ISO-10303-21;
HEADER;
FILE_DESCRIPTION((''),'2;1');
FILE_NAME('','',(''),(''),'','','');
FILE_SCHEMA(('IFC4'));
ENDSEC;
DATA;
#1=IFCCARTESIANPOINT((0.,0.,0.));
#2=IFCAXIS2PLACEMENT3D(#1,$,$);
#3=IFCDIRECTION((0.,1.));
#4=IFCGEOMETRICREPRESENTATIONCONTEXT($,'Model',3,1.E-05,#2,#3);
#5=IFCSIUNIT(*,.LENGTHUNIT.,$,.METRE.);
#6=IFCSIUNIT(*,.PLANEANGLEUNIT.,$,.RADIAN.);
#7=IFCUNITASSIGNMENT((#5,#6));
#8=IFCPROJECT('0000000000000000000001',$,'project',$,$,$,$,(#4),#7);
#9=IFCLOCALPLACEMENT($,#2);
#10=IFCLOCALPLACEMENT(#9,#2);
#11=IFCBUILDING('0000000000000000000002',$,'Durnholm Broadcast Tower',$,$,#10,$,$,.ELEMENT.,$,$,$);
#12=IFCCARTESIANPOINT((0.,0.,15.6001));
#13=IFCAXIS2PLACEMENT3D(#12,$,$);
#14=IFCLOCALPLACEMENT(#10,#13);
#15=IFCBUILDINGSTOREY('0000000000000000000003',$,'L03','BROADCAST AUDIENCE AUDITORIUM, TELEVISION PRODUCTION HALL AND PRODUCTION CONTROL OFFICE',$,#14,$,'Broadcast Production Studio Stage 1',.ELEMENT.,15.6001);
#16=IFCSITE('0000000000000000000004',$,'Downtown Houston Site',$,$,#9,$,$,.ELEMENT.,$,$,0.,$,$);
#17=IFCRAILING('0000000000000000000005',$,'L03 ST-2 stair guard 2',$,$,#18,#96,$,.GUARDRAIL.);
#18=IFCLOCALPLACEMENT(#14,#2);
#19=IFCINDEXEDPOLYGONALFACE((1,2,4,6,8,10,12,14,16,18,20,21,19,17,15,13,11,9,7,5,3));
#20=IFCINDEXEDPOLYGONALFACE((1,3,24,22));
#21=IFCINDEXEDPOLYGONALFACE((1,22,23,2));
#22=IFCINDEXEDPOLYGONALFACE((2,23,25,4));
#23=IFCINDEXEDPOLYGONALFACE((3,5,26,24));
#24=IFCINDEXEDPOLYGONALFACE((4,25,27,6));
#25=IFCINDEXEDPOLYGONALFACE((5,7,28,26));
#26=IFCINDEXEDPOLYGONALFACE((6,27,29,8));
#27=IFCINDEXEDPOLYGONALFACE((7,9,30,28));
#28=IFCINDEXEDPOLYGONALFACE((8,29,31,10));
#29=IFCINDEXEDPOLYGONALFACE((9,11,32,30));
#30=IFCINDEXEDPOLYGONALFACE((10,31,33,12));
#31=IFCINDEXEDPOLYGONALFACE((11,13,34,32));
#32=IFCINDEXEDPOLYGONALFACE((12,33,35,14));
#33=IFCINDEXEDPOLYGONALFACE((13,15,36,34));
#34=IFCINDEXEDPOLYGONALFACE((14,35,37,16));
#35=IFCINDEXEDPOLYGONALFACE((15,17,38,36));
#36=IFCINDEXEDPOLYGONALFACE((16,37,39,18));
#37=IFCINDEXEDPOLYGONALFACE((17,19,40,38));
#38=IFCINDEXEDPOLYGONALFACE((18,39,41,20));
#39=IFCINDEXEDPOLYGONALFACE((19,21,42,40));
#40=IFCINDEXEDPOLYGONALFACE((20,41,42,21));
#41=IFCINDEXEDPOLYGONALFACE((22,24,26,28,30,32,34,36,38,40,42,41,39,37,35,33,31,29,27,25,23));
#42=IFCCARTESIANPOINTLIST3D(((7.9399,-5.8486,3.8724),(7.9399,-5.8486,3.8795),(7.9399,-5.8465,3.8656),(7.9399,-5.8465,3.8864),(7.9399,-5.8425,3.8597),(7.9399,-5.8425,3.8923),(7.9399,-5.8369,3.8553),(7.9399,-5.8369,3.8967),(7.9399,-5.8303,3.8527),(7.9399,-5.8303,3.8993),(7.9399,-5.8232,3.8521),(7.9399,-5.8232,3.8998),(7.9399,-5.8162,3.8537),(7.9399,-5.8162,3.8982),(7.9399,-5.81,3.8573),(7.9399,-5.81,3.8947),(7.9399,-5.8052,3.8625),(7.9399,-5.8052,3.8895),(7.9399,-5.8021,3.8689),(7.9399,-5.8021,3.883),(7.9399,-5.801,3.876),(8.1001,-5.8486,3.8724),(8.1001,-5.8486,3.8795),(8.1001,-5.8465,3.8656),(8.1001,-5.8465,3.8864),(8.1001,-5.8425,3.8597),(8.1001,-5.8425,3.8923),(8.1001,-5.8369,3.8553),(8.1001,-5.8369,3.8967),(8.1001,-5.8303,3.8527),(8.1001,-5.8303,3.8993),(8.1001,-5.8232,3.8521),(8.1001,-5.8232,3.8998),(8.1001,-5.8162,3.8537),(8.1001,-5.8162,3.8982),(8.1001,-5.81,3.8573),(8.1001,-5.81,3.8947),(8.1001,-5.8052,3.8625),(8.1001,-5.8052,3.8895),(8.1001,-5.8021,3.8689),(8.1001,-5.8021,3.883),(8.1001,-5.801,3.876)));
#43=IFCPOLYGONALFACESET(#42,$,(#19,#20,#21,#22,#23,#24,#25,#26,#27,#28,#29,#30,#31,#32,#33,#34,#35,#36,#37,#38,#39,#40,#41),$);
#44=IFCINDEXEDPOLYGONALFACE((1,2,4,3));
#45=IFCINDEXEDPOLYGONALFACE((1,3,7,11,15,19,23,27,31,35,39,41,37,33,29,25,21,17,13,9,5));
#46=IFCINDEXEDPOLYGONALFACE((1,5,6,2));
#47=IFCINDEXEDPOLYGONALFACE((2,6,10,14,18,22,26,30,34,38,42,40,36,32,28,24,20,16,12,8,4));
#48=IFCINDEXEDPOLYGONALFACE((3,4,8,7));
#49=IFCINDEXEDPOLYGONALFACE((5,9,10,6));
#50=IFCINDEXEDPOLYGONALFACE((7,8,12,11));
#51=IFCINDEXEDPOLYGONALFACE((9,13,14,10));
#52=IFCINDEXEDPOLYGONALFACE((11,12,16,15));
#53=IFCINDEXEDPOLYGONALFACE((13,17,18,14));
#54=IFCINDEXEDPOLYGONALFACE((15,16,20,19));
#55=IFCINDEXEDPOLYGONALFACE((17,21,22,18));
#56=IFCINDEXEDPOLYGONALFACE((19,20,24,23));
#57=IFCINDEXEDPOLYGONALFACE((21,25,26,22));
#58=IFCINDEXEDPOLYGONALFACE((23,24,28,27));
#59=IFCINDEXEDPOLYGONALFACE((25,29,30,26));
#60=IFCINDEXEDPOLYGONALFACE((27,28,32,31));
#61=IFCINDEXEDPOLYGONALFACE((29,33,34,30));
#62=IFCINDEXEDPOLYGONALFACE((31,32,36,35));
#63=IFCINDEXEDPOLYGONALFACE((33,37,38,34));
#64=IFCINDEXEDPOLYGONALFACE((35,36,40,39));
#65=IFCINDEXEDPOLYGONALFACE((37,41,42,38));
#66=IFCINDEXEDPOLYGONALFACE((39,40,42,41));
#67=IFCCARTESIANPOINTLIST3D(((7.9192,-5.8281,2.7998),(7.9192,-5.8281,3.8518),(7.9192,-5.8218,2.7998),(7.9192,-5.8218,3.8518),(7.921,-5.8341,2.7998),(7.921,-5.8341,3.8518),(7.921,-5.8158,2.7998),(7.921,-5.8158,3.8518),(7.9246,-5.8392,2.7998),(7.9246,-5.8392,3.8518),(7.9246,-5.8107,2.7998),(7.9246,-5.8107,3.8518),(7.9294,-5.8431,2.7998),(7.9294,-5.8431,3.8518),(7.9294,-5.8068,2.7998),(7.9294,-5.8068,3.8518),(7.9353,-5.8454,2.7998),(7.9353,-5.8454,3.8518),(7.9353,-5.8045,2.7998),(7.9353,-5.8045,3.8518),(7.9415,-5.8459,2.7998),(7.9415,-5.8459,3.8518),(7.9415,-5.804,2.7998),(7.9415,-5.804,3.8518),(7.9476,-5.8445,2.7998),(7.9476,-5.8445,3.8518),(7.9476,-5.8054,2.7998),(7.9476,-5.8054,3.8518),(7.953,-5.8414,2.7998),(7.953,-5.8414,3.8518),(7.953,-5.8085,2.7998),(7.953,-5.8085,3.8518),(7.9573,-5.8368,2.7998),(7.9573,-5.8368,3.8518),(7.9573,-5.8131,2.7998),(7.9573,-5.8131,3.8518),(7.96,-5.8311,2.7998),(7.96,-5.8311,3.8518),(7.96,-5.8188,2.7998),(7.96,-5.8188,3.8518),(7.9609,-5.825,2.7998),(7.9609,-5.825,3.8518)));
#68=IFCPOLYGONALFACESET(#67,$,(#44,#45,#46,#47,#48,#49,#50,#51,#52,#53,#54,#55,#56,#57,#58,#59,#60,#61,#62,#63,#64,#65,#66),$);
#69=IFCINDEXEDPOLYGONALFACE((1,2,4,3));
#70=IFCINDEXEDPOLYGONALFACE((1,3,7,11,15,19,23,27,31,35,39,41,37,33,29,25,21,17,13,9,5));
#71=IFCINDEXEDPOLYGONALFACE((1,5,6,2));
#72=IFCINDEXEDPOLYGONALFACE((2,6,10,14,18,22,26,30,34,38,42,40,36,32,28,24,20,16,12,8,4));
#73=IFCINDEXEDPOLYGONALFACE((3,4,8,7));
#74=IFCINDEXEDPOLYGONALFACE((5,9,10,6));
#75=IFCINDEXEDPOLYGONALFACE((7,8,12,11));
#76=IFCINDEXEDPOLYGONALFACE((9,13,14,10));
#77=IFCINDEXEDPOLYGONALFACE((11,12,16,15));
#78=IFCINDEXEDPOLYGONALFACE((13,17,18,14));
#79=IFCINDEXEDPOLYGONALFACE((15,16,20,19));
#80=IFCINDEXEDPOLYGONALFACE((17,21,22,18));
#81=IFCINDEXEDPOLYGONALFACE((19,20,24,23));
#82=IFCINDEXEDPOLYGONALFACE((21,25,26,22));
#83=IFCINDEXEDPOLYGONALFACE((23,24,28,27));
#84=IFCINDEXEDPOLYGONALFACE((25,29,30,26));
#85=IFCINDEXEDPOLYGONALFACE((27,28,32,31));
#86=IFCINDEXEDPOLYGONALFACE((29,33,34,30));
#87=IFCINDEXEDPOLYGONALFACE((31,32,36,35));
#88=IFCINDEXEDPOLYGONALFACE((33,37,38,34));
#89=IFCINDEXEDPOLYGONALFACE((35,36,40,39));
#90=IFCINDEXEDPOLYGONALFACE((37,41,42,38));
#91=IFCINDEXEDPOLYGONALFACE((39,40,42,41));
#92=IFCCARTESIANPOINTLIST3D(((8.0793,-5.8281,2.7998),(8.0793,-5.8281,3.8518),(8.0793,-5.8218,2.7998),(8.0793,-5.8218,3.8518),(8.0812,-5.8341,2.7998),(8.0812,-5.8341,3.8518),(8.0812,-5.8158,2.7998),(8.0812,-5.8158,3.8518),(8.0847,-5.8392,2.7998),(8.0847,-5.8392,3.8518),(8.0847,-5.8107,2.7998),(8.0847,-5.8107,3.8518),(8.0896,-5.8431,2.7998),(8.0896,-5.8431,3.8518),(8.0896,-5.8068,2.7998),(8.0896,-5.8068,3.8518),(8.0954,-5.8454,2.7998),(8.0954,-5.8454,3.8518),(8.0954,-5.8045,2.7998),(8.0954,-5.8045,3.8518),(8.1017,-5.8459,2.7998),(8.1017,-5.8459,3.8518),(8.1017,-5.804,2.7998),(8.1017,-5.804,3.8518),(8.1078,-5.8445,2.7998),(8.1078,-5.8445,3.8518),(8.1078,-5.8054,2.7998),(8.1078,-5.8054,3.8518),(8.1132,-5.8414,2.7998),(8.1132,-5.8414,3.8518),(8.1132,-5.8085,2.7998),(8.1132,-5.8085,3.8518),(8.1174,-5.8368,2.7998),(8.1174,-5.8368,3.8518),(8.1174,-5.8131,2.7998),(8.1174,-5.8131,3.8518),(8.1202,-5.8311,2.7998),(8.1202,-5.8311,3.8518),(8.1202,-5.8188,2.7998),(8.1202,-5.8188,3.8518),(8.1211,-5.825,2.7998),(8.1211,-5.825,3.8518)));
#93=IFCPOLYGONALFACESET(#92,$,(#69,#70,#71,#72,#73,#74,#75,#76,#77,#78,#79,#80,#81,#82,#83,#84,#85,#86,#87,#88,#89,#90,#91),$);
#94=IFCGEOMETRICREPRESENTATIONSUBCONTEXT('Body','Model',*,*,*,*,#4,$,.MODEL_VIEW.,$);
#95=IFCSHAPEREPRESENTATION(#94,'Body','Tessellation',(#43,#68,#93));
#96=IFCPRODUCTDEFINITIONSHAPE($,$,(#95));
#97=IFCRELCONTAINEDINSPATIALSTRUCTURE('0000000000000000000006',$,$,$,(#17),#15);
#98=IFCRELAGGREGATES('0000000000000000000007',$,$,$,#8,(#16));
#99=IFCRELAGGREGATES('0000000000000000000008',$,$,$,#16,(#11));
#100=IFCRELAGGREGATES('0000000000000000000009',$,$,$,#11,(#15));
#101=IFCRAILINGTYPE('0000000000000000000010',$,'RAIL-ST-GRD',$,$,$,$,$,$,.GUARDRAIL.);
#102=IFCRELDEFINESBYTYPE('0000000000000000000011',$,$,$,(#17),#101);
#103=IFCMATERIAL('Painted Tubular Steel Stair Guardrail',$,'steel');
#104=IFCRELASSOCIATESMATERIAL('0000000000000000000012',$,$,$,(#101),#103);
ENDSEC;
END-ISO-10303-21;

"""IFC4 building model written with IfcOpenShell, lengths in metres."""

from ifc_helpers import new_model, si_unit, direction, frame, origin, origin_2d, place, context, subcontext, project, spatial, circle, extrude, material, type_object, element, save


model = new_model("IFC4")

# Units and contexts
model_context = context("Model", 3, precision=1e-05, world=origin(), true_north=direction((0.0, 1.0)))
body_context = subcontext(model_context, "Body", "Model", "MODEL_VIEW")
ifc_project = project(units=[si_unit("LENGTHUNIT", "METRE"), si_unit("PLANEANGLEUNIT", "RADIAN")], contexts=[model_context])

# Site, building, storey
site_placement = place(None, origin())
site = spatial("IfcSite", under=ifc_project, at=site_placement, Name="Downtown Houston Site", CompositionType="ELEMENT", RefElevation=0.0)
building_placement = place(site_placement, origin())
building = spatial("IfcBuilding", under=site, at=building_placement, Name="Durnholm Broadcast Tower", CompositionType="ELEMENT")
storey_placement = place(building_placement, frame((0.0, 0.0, 15.6001)))
storey = spatial("IfcBuildingStorey", under=building, at=storey_placement, Name="L03", Description="BROADCAST AUDIENCE AUDITORIUM, TELEVISION PRODUCTION HALL AND PRODUCTION CONTROL OFFICE", LongName="Broadcast Production Studio Stage 1", CompositionType="ELEMENT", Elevation=15.6001)

# Railing
ifc_material_1 = material(Name="Painted Tubular Steel Stair Guardrail", Category="steel")
railing_type_1 = type_object("IfcRailingType", Name="RAIL-ST-GRD", PredefinedType="GUARDRAIL", material=ifc_material_1)
railing_1_placement = place(storey_placement, frame((7.9399, -5.825, 2.7998)))
element("IfcRailing", 1, at=railing_1_placement, inside=storey, type_object=railing_type_1, Name="L03 ST-2 stair guard 2", PredefinedType="GUARDRAIL", context=body_context, shape_type="SweptSolid", body=[
    extrude(circle(Radius=0.0239, at=origin_2d()), frame((0.0, 0.0, 1.0762), z_axis=(1.0, 0.0, 0.0), x_axis=(0.0, 1.0, 0.0)), (0.0, 0.0, 1.0), 0.1602),
    extrude(circle(Radius=0.021, at=origin_2d()), origin(), (0.0, 0.0, 1.0), 1.052),
    extrude(circle(Radius=0.021, at=origin_2d()), frame((0.1602, 0.0, 0.0)), (0.0, 0.0, 1.0), 1.052),
])

save(model, "model.ifc")
